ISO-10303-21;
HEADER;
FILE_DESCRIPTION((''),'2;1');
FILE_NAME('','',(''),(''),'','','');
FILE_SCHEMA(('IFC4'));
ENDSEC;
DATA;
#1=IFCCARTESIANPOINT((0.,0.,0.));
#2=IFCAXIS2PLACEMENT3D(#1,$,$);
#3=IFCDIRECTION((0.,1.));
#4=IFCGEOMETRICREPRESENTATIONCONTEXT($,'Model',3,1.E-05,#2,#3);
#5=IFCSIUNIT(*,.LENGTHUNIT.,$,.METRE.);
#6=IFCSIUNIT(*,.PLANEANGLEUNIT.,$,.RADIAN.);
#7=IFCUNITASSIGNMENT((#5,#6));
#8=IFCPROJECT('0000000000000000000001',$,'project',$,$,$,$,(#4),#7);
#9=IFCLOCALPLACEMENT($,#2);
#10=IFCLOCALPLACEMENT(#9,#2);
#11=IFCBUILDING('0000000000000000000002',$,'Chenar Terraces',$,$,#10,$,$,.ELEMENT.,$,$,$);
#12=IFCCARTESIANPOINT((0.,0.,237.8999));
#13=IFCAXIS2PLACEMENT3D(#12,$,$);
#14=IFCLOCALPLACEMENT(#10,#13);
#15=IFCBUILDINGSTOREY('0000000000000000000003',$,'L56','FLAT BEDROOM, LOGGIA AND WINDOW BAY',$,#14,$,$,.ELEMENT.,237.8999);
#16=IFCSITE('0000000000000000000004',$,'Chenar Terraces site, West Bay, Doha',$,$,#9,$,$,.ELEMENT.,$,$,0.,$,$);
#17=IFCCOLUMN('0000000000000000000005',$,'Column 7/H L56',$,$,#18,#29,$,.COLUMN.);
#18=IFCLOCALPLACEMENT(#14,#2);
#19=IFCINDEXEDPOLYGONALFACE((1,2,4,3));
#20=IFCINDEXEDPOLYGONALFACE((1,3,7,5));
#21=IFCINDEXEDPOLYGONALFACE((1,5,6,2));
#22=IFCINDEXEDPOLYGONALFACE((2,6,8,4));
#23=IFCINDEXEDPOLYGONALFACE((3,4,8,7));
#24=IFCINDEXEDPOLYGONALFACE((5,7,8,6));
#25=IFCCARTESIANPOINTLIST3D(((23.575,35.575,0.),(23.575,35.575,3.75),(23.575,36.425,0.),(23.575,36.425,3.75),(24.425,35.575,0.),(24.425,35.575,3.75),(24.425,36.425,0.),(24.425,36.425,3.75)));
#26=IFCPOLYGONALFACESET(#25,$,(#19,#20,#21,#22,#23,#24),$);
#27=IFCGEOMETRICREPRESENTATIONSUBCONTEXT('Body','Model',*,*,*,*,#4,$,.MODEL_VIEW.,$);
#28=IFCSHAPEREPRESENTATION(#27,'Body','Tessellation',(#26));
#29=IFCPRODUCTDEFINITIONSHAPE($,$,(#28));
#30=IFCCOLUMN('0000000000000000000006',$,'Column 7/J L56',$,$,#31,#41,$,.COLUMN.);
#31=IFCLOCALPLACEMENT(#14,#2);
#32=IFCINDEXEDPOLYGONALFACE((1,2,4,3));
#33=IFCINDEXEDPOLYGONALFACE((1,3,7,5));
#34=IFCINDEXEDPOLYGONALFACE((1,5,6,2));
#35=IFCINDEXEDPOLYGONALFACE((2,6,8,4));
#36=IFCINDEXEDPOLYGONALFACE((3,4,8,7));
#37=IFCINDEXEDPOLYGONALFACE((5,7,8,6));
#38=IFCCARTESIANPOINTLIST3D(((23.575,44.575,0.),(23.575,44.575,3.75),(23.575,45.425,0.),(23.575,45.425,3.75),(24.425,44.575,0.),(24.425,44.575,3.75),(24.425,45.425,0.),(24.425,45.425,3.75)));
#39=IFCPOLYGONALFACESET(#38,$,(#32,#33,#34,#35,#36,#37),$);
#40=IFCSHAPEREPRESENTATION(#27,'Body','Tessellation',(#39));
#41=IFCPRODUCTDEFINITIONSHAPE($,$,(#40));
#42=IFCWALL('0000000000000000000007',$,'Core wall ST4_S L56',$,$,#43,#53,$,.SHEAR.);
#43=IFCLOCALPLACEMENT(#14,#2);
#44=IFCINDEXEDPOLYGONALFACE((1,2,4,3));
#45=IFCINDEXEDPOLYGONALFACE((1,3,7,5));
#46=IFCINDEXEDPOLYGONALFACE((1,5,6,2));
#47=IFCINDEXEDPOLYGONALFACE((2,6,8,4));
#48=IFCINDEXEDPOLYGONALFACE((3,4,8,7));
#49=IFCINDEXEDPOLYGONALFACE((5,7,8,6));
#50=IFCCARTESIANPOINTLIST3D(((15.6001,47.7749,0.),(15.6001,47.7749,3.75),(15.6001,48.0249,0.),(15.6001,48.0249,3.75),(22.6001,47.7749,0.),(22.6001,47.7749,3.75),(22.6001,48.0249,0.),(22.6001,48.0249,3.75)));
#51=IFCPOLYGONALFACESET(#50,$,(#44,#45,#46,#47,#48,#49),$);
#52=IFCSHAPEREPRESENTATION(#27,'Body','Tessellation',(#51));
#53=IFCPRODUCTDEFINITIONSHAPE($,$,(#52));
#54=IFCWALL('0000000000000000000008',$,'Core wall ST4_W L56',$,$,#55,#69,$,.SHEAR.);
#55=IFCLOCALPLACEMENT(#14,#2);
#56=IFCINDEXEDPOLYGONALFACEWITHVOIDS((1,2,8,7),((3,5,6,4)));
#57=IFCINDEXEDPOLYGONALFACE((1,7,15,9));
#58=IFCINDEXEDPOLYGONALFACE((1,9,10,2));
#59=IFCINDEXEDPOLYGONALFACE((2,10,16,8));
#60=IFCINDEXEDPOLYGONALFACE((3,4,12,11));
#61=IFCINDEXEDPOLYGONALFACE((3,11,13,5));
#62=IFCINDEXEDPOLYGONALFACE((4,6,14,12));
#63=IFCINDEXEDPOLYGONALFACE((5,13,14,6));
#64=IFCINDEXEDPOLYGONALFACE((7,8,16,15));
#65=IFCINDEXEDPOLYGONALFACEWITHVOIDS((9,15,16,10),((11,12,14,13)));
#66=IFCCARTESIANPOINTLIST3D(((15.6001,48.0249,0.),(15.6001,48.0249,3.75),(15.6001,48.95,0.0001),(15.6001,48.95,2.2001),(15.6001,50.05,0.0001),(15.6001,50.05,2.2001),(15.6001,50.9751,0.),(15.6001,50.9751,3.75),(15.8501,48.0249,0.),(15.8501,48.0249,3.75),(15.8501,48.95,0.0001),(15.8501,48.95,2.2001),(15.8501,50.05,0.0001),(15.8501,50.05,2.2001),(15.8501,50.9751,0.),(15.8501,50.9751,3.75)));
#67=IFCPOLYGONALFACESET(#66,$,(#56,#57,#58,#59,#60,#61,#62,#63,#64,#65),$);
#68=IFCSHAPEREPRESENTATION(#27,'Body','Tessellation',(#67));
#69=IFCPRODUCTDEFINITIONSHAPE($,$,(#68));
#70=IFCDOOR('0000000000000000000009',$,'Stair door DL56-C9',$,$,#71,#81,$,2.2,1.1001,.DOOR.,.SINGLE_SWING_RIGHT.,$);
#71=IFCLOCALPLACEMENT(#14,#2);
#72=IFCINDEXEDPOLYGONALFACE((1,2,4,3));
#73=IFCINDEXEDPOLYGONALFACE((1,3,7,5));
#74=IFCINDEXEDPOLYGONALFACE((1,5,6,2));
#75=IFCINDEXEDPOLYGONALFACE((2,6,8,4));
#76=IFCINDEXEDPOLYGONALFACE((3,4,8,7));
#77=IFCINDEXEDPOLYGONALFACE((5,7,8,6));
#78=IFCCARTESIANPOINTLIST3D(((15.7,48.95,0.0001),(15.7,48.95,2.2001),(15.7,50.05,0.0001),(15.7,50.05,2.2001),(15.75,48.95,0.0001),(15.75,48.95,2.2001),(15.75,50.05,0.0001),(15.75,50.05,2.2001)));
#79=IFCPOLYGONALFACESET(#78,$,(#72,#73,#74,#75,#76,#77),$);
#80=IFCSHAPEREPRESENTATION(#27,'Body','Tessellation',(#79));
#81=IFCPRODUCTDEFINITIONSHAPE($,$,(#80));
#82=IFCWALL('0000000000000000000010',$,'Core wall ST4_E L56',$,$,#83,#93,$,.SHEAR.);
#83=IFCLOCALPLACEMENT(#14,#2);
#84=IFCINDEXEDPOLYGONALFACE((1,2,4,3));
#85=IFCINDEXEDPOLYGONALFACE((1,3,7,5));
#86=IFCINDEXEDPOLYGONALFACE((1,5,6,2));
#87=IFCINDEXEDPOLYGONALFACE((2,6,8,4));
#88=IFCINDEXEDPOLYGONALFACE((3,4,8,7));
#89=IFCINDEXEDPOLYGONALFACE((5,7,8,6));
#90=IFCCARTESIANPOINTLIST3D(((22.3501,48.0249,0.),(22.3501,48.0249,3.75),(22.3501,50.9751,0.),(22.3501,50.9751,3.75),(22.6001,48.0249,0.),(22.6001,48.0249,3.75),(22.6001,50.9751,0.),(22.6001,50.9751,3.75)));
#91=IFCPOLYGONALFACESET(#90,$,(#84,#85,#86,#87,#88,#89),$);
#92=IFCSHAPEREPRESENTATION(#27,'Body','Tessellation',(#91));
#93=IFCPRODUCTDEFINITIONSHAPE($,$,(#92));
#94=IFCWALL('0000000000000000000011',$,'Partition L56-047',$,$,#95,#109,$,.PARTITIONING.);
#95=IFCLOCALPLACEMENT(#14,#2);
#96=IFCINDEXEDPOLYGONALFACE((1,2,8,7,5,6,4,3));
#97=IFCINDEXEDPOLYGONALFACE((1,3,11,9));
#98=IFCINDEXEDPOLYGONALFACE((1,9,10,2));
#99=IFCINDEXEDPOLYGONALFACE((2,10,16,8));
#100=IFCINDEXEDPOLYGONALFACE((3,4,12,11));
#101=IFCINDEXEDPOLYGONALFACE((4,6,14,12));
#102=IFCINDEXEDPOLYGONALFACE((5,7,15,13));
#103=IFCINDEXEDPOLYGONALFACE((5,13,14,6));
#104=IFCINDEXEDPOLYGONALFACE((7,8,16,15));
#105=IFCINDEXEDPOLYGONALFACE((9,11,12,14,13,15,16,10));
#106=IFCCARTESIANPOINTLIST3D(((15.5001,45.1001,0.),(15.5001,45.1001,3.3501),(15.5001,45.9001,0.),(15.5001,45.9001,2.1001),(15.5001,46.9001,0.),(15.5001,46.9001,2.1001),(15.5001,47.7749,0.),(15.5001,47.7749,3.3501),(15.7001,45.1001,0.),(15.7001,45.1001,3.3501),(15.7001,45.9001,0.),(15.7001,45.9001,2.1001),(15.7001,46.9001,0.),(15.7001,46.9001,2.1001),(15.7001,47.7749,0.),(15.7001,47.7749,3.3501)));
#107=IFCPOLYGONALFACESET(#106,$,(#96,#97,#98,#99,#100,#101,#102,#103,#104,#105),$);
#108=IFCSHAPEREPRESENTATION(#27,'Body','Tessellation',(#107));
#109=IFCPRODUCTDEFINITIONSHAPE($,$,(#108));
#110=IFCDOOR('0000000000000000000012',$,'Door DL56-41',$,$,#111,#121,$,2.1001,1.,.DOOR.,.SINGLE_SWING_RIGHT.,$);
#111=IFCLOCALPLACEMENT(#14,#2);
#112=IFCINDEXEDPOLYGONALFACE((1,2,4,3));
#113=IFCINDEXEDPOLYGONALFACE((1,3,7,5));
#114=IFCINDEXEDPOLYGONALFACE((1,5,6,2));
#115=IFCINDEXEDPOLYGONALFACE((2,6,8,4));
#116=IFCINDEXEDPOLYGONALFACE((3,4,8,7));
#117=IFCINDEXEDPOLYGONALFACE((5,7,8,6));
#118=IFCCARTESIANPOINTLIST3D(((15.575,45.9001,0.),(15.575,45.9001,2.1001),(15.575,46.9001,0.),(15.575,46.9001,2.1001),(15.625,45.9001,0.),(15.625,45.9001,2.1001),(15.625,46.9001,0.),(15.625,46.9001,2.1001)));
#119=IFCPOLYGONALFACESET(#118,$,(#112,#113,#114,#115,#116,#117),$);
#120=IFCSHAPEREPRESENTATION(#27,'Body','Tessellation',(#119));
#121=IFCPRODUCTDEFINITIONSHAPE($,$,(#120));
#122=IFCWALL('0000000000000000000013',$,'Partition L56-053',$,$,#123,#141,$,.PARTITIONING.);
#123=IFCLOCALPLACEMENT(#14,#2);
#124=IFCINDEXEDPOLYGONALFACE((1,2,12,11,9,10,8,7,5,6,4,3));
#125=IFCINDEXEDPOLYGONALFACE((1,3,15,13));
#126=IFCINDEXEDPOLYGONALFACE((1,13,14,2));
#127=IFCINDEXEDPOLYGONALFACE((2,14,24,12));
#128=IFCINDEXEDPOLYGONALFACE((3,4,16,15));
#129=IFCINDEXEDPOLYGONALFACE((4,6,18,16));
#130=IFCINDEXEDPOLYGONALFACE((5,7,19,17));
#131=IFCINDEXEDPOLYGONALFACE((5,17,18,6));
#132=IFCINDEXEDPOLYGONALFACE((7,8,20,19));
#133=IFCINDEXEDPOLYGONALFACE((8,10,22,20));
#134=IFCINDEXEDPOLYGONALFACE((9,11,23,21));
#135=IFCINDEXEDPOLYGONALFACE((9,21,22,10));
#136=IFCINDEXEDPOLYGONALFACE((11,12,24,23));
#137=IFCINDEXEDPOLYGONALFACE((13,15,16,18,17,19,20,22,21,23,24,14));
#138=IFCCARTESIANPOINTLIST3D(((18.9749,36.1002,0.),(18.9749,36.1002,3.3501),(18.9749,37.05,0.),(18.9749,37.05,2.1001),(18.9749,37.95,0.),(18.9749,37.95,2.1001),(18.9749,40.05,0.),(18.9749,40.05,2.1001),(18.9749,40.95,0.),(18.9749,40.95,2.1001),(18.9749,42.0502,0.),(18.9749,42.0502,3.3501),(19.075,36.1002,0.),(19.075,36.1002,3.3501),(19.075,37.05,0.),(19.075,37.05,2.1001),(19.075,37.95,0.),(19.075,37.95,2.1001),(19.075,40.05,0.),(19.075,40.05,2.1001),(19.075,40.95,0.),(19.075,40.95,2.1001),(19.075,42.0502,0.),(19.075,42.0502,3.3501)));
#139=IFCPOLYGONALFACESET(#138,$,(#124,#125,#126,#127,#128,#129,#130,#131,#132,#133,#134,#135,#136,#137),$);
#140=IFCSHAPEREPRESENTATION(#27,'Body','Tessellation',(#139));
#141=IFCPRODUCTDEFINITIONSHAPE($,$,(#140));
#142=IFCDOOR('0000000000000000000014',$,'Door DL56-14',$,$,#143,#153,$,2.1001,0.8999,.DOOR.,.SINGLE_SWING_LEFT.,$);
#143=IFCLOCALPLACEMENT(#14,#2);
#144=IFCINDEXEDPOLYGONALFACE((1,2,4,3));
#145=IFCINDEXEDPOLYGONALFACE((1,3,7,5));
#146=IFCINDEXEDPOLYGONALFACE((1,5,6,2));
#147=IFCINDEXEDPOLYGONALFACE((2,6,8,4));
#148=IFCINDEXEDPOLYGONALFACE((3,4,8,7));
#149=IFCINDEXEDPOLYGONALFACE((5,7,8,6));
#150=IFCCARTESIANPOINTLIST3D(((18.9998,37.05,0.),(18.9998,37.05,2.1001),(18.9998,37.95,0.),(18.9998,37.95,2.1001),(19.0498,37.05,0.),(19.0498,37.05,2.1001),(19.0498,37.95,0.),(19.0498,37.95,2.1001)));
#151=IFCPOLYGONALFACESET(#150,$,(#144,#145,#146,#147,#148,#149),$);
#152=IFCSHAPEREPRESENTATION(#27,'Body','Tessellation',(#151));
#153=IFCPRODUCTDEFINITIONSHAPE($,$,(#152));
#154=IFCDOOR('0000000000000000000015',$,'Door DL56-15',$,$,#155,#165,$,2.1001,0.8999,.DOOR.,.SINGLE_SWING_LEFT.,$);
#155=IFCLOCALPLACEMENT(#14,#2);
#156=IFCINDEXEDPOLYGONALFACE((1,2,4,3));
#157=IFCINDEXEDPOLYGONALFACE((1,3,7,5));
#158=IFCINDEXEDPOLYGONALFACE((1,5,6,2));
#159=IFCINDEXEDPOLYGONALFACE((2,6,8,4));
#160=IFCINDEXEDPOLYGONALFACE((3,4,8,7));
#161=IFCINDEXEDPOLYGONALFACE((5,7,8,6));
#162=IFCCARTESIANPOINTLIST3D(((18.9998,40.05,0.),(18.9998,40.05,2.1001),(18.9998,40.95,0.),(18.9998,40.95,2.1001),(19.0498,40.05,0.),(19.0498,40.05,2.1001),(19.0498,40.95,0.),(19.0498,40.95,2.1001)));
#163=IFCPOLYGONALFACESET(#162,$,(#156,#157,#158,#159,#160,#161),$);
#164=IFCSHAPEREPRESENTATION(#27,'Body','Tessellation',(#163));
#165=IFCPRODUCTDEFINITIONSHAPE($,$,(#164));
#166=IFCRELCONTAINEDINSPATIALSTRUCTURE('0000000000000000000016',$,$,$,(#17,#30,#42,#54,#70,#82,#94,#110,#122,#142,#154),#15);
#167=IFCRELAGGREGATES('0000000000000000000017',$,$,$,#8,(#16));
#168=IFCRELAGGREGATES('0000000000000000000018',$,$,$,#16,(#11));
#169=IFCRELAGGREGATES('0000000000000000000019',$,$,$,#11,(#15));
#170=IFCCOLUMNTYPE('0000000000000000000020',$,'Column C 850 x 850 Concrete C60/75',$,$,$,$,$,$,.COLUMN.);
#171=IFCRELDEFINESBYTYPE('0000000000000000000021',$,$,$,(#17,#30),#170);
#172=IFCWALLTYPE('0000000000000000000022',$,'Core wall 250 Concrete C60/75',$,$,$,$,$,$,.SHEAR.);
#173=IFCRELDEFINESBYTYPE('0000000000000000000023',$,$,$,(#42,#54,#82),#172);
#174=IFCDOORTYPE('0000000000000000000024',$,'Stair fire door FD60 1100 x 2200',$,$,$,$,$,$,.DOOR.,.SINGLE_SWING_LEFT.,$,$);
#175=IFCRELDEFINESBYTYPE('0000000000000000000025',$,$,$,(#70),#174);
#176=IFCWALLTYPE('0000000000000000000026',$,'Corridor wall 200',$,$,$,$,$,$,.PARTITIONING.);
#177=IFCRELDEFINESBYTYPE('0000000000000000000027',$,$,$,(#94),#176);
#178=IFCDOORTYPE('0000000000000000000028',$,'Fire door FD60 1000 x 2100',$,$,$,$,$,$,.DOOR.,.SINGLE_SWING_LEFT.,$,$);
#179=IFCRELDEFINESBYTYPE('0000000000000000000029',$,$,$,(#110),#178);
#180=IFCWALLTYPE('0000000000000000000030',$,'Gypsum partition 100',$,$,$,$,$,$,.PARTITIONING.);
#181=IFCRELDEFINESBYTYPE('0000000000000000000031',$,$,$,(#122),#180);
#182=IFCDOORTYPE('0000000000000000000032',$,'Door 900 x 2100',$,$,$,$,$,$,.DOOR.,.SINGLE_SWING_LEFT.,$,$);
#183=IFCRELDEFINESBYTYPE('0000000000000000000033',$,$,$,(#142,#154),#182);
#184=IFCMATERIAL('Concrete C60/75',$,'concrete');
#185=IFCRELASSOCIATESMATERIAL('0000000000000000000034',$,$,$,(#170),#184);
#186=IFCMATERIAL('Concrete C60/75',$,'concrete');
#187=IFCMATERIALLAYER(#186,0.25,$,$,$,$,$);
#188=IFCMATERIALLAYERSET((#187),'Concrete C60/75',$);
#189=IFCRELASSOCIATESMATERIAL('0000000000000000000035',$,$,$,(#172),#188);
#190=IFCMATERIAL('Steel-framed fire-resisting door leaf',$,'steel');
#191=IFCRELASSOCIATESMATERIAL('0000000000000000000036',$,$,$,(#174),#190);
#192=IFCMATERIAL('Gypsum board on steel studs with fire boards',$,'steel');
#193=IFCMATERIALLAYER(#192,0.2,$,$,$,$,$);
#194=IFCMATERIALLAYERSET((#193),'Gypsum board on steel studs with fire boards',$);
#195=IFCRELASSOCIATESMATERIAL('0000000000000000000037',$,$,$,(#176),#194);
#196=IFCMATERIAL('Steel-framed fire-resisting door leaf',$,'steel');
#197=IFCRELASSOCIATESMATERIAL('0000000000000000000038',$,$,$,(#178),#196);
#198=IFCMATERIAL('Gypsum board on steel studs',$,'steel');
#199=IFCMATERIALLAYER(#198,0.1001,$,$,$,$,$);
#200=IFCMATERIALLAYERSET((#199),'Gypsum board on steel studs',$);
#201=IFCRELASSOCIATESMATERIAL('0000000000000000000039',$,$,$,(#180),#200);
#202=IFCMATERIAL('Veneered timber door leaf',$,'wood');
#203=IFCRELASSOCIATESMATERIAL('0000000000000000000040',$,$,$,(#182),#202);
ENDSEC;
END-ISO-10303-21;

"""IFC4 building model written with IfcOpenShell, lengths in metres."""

from ifc_helpers import new_model, si_unit, direction, frame, frame_2d, origin, origin_2d, place, context, subcontext, project, spatial, rectangle, extrude, material, layer, layer_set, material_profile, profile_set, type_object, element, fill, save


model = new_model("IFC4")

# Units and contexts
model_context = context("Model", 3, precision=1e-05, world=origin(), true_north=direction((0.0, 1.0)))
body_context = subcontext(model_context, "Body", "Model", "MODEL_VIEW")
ifc_project = project(units=[si_unit("LENGTHUNIT", "METRE"), si_unit("PLANEANGLEUNIT", "RADIAN")], contexts=[model_context])

# Site, building, storey
site_placement = place(None, origin())
site = spatial("IfcSite", under=ifc_project, at=site_placement, Name="Chenar Terraces site, West Bay, Doha", CompositionType="ELEMENT", RefElevation=0.0)
building_placement = place(site_placement, origin())
building = spatial("IfcBuilding", under=site, at=building_placement, Name="Chenar Terraces", CompositionType="ELEMENT")
storey_placement = place(building_placement, frame((0.0, 0.0, 237.8999)))
storey = spatial("IfcBuildingStorey", under=building, at=storey_placement, Name="L56", Description="FLAT BEDROOM, LOGGIA AND WINDOW BAY", CompositionType="ELEMENT", Elevation=237.8999)

# Columns
ifc_material_1 = material(Name="Concrete C60/75", Category="concrete")
ifc_material_profile = material_profile(ifc_material_1, rectangle(XDim=0.8501, YDim=0.8501, at=origin_2d()), Name="C 850 x 850")
ifc_profile_set = profile_set([ifc_material_profile], Name="Concrete C60/75")
column_type = type_object("IfcColumnType", Name="Column C 850 x 850 Concrete C60/75", PredefinedType="COLUMN", material=ifc_profile_set)
for number, where, z_axis, x_axis, name in (
    (1, (24.0, 36.0, 0.0), (0.0, 0.0, 1.0), (1.0, 0.0, 0.0), "Column 7/H L56"),
    (2, (24.0, 45.0, 0.0), (0.0, 0.0, 1.0), (1.0, 0.0, 0.0), "Column 7/J L56"),
):
    element("IfcColumn", number, at=place(storey_placement, frame(where, z_axis=z_axis, x_axis=x_axis)), inside=storey, type_object=column_type, Name=name, PredefinedType="COLUMN", context=body_context, shape_type="SweptSolid", body=[
        extrude(rectangle(XDim=0.8501, YDim=0.8501, at=origin_2d()), origin(), (0.0, 0.0, 1.0), 3.75),
    ])

# Wall
ifc_material_2 = material(Name="Concrete C60/75", Category="concrete")
ifc_layer_1 = layer(ifc_material_2, 0.25)
ifc_layer_set_1 = layer_set([ifc_layer_1], Name="Concrete C60/75")
wall_type_1 = type_object("IfcWallType", Name="Core wall 250 Concrete C60/75", PredefinedType="SHEAR", material=ifc_layer_set_1)
wall_1_placement = place(storey_placement, frame((15.6001, 47.8999, 0.0), z_axis=(0.0, 0.0, 1.0), x_axis=(1.0, 0.0, 0.0)))
element("IfcWall", 3, at=wall_1_placement, inside=storey, type_object=wall_type_1, Name="Core wall ST4_S L56", PredefinedType="SHEAR", context=body_context, shape_type="SweptSolid", body=[
    extrude(rectangle(XDim=7.0, YDim=0.25, at=frame_2d((3.5, 0.0))), origin(), (0.0, 0.0, 1.0), 3.75),
])

# Wall, opening, door
wall_2_placement = place(storey_placement, frame((15.7251, 48.0249, 0.0), z_axis=(0.0, 0.0, 1.0), x_axis=(0.0, 1.0, 0.0)))
wall_2 = element("IfcWall", 4, at=wall_2_placement, inside=storey, type_object=wall_type_1, Name="Core wall ST4_W L56", PredefinedType="SHEAR", context=body_context, shape_type="SweptSolid", body=[
    extrude(rectangle(XDim=2.9502, YDim=0.25, at=frame_2d((1.4751, 0.0))), origin(), (0.0, 0.0, 1.0), 3.75),
])
opening_1_placement = place(wall_2_placement, frame((0.925, 0.0, 0.0)))
opening_1 = element("IfcOpeningElement", 5, at=opening_1_placement, cuts=wall_2, PredefinedType="OPENING", context=body_context, shape_type="SweptSolid", body=[
    extrude(rectangle(XDim=1.1001, YDim=2.2, at=frame_2d((0.55, 1.1001))), frame((0.0, 0.135, 0.0), z_axis=(0.0, -1.0, 0.0), x_axis=(1.0, 0.0, 0.0)), (0.0, 0.0, 1.0), 0.27),
])
ifc_material_3 = material(Name="Steel-framed fire-resisting door leaf", Category="steel")
door_type_1 = type_object("IfcDoorType", Name="Stair fire door FD60 1100 x 2200", OperationType="SINGLE_SWING_LEFT", PredefinedType="DOOR", material=ifc_material_3)
door_1_placement = place(opening_1_placement, frame((1.1001, 0.0, 0.0), z_axis=(0.0, 0.0, 1.0), x_axis=(-1.0, 0.0, 0.0)))
door_1 = element("IfcDoor", 6, at=door_1_placement, inside=storey, type_object=door_type_1, Name="Stair door DL56-C9", OperationType="SINGLE_SWING_RIGHT", OverallHeight=2.2, OverallWidth=1.1001, PredefinedType="DOOR", context=body_context, shape_type="SweptSolid", body=[
    extrude(rectangle(XDim=1.1001, YDim=2.2, at=frame_2d((0.55, 1.1001))), frame((0.0, 0.0249, 0.0), z_axis=(0.0, -1.0, 0.0), x_axis=(1.0, 0.0, 0.0)), (0.0, 0.0, 1.0), 0.05),
])
fill(opening_1, door_1)

# Wall
wall_3_placement = place(storey_placement, frame((22.4751, 48.0249, 0.0), z_axis=(0.0, 0.0, 1.0), x_axis=(0.0, 1.0, 0.0)))
element("IfcWall", 7, at=wall_3_placement, inside=storey, type_object=wall_type_1, Name="Core wall ST4_E L56", PredefinedType="SHEAR", context=body_context, shape_type="SweptSolid", body=[
    extrude(rectangle(XDim=2.9502, YDim=0.25, at=frame_2d((1.4751, 0.0))), origin(), (0.0, 0.0, 1.0), 3.75),
])

# Wall, opening, door
ifc_material_4 = material(Name="Gypsum board on steel studs with fire boards", Category="steel")
ifc_layer_2 = layer(ifc_material_4, 0.2)
ifc_layer_set_2 = layer_set([ifc_layer_2], Name="Gypsum board on steel studs with fire boards")
wall_type_2 = type_object("IfcWallType", Name="Corridor wall 200", PredefinedType="PARTITIONING", material=ifc_layer_set_2)
wall_4_placement = place(storey_placement, frame((15.6001, 45.1001, 0.0), z_axis=(0.0, 0.0, 1.0), x_axis=(0.0, 1.0, 0.0)))
wall_4 = element("IfcWall", 8, at=wall_4_placement, inside=storey, type_object=wall_type_2, Name="Partition L56-047", PredefinedType="PARTITIONING", context=body_context, shape_type="SweptSolid", body=[
    extrude(rectangle(XDim=2.6748, YDim=0.2, at=frame_2d((1.3374, 0.0))), origin(), (0.0, 0.0, 1.0), 3.3501),
])
opening_2_placement = place(wall_4_placement, frame((0.8, 0.0, 0.0)))
opening_2 = element("IfcOpeningElement", 9, at=opening_2_placement, cuts=wall_4, PredefinedType="OPENING", context=body_context, shape_type="SweptSolid", body=[
    extrude(rectangle(XDim=1.0, YDim=2.1001, at=frame_2d((0.5, 1.05))), frame((0.0, 0.1099, 0.0), z_axis=(0.0, -1.0, 0.0), x_axis=(1.0, 0.0, 0.0)), (0.0, 0.0, 1.0), 0.22),
])
ifc_material_5 = material(Name="Steel-framed fire-resisting door leaf", Category="steel")
door_type_2 = type_object("IfcDoorType", Name="Fire door FD60 1000 x 2100", OperationType="SINGLE_SWING_LEFT", PredefinedType="DOOR", material=ifc_material_5)
door_2_placement = place(opening_2_placement, frame((1.0, 0.0, 0.0), z_axis=(0.0, 0.0, 1.0), x_axis=(-1.0, 0.0, 0.0)))
door_2 = element("IfcDoor", 10, at=door_2_placement, inside=storey, type_object=door_type_2, Name="Door DL56-41", OperationType="SINGLE_SWING_RIGHT", OverallHeight=2.1001, OverallWidth=1.0, PredefinedType="DOOR", context=body_context, shape_type="SweptSolid", body=[
    extrude(rectangle(XDim=1.0, YDim=2.1001, at=frame_2d((0.5, 1.05))), frame((0.0, 0.0249, 0.0), z_axis=(0.0, -1.0, 0.0), x_axis=(1.0, 0.0, 0.0)), (0.0, 0.0, 1.0), 0.05),
])
fill(opening_2, door_2)

# Wall, openings, doors
ifc_material_6 = material(Name="Gypsum board on steel studs", Category="steel")
ifc_layer_3 = layer(ifc_material_6, 0.1001)
ifc_layer_set_3 = layer_set([ifc_layer_3], Name="Gypsum board on steel studs")
wall_type_3 = type_object("IfcWallType", Name="Gypsum partition 100", PredefinedType="PARTITIONING", material=ifc_layer_set_3)
wall_5_placement = place(storey_placement, frame((19.0249, 36.1001, 0.0), z_axis=(0.0, 0.0, 1.0), x_axis=(0.0, 1.0, 0.0)))
wall_5 = element("IfcWall", 11, at=wall_5_placement, inside=storey, type_object=wall_type_3, Name="Partition L56-053", PredefinedType="PARTITIONING", context=body_context, shape_type="SweptSolid", body=[
    extrude(rectangle(XDim=5.95, YDim=0.1001, at=frame_2d((2.9751, 0.0))), origin(), (0.0, 0.0, 1.0), 3.3501),
])
opening_3_placement = place(wall_5_placement, frame((0.95, 0.0, 0.0)))
opening_3 = element("IfcOpeningElement", 12, at=opening_3_placement, cuts=wall_5, PredefinedType="OPENING", context=body_context, shape_type="SweptSolid", body=[
    extrude(rectangle(XDim=0.8999, YDim=2.1001, at=frame_2d((0.45, 1.05))), frame((0.0, 0.0601, 0.0), z_axis=(0.0, -1.0, 0.0), x_axis=(1.0, 0.0, 0.0)), (0.0, 0.0, 1.0), 0.1201),
])
opening_4_placement = place(wall_5_placement, frame((3.95, 0.0, 0.0)))
opening_4 = element("IfcOpeningElement", 13, at=opening_4_placement, cuts=wall_5, PredefinedType="OPENING", context=body_context, shape_type="SweptSolid", body=[
    extrude(rectangle(XDim=0.8999, YDim=2.1001, at=frame_2d((0.45, 1.05))), frame((0.0, 0.0601, 0.0), z_axis=(0.0, -1.0, 0.0), x_axis=(1.0, 0.0, 0.0)), (0.0, 0.0, 1.0), 0.1201),
])
ifc_material_7 = material(Name="Veneered timber door leaf", Category="wood")
door_type_3 = type_object("IfcDoorType", Name="Door 900 x 2100", OperationType="SINGLE_SWING_LEFT", PredefinedType="DOOR", material=ifc_material_7)
door_3_placement = place(opening_3_placement, frame((0.8999, 0.0, 0.0), z_axis=(0.0, 0.0, 1.0), x_axis=(-1.0, 0.0, 0.0)))
door_3 = element("IfcDoor", 14, at=door_3_placement, inside=storey, type_object=door_type_3, Name="Door DL56-14", OperationType="SINGLE_SWING_LEFT", OverallHeight=2.1001, OverallWidth=0.8999, PredefinedType="DOOR", context=body_context, shape_type="SweptSolid", body=[
    extrude(rectangle(XDim=0.8999, YDim=2.1001, at=frame_2d((0.45, 1.05))), frame((0.0, 0.0249, 0.0), z_axis=(0.0, -1.0, 0.0), x_axis=(1.0, 0.0, 0.0)), (0.0, 0.0, 1.0), 0.05),
])
fill(opening_3, door_3)
door_4_placement = place(opening_4_placement, frame((0.8999, 0.0, 0.0), z_axis=(0.0, 0.0, 1.0), x_axis=(-1.0, 0.0, 0.0)))
door_4 = element("IfcDoor", 15, at=door_4_placement, inside=storey, type_object=door_type_3, Name="Door DL56-15", OperationType="SINGLE_SWING_LEFT", OverallHeight=2.1001, OverallWidth=0.8999, PredefinedType="DOOR", context=body_context, shape_type="SweptSolid", body=[
    extrude(rectangle(XDim=0.8999, YDim=2.1001, at=frame_2d((0.45, 1.05))), frame((0.0, 0.0249, 0.0), z_axis=(0.0, -1.0, 0.0), x_axis=(1.0, 0.0, 0.0)), (0.0, 0.0, 1.0), 0.05),
])
fill(opening_4, door_4)

save(model, "model.ifc")
